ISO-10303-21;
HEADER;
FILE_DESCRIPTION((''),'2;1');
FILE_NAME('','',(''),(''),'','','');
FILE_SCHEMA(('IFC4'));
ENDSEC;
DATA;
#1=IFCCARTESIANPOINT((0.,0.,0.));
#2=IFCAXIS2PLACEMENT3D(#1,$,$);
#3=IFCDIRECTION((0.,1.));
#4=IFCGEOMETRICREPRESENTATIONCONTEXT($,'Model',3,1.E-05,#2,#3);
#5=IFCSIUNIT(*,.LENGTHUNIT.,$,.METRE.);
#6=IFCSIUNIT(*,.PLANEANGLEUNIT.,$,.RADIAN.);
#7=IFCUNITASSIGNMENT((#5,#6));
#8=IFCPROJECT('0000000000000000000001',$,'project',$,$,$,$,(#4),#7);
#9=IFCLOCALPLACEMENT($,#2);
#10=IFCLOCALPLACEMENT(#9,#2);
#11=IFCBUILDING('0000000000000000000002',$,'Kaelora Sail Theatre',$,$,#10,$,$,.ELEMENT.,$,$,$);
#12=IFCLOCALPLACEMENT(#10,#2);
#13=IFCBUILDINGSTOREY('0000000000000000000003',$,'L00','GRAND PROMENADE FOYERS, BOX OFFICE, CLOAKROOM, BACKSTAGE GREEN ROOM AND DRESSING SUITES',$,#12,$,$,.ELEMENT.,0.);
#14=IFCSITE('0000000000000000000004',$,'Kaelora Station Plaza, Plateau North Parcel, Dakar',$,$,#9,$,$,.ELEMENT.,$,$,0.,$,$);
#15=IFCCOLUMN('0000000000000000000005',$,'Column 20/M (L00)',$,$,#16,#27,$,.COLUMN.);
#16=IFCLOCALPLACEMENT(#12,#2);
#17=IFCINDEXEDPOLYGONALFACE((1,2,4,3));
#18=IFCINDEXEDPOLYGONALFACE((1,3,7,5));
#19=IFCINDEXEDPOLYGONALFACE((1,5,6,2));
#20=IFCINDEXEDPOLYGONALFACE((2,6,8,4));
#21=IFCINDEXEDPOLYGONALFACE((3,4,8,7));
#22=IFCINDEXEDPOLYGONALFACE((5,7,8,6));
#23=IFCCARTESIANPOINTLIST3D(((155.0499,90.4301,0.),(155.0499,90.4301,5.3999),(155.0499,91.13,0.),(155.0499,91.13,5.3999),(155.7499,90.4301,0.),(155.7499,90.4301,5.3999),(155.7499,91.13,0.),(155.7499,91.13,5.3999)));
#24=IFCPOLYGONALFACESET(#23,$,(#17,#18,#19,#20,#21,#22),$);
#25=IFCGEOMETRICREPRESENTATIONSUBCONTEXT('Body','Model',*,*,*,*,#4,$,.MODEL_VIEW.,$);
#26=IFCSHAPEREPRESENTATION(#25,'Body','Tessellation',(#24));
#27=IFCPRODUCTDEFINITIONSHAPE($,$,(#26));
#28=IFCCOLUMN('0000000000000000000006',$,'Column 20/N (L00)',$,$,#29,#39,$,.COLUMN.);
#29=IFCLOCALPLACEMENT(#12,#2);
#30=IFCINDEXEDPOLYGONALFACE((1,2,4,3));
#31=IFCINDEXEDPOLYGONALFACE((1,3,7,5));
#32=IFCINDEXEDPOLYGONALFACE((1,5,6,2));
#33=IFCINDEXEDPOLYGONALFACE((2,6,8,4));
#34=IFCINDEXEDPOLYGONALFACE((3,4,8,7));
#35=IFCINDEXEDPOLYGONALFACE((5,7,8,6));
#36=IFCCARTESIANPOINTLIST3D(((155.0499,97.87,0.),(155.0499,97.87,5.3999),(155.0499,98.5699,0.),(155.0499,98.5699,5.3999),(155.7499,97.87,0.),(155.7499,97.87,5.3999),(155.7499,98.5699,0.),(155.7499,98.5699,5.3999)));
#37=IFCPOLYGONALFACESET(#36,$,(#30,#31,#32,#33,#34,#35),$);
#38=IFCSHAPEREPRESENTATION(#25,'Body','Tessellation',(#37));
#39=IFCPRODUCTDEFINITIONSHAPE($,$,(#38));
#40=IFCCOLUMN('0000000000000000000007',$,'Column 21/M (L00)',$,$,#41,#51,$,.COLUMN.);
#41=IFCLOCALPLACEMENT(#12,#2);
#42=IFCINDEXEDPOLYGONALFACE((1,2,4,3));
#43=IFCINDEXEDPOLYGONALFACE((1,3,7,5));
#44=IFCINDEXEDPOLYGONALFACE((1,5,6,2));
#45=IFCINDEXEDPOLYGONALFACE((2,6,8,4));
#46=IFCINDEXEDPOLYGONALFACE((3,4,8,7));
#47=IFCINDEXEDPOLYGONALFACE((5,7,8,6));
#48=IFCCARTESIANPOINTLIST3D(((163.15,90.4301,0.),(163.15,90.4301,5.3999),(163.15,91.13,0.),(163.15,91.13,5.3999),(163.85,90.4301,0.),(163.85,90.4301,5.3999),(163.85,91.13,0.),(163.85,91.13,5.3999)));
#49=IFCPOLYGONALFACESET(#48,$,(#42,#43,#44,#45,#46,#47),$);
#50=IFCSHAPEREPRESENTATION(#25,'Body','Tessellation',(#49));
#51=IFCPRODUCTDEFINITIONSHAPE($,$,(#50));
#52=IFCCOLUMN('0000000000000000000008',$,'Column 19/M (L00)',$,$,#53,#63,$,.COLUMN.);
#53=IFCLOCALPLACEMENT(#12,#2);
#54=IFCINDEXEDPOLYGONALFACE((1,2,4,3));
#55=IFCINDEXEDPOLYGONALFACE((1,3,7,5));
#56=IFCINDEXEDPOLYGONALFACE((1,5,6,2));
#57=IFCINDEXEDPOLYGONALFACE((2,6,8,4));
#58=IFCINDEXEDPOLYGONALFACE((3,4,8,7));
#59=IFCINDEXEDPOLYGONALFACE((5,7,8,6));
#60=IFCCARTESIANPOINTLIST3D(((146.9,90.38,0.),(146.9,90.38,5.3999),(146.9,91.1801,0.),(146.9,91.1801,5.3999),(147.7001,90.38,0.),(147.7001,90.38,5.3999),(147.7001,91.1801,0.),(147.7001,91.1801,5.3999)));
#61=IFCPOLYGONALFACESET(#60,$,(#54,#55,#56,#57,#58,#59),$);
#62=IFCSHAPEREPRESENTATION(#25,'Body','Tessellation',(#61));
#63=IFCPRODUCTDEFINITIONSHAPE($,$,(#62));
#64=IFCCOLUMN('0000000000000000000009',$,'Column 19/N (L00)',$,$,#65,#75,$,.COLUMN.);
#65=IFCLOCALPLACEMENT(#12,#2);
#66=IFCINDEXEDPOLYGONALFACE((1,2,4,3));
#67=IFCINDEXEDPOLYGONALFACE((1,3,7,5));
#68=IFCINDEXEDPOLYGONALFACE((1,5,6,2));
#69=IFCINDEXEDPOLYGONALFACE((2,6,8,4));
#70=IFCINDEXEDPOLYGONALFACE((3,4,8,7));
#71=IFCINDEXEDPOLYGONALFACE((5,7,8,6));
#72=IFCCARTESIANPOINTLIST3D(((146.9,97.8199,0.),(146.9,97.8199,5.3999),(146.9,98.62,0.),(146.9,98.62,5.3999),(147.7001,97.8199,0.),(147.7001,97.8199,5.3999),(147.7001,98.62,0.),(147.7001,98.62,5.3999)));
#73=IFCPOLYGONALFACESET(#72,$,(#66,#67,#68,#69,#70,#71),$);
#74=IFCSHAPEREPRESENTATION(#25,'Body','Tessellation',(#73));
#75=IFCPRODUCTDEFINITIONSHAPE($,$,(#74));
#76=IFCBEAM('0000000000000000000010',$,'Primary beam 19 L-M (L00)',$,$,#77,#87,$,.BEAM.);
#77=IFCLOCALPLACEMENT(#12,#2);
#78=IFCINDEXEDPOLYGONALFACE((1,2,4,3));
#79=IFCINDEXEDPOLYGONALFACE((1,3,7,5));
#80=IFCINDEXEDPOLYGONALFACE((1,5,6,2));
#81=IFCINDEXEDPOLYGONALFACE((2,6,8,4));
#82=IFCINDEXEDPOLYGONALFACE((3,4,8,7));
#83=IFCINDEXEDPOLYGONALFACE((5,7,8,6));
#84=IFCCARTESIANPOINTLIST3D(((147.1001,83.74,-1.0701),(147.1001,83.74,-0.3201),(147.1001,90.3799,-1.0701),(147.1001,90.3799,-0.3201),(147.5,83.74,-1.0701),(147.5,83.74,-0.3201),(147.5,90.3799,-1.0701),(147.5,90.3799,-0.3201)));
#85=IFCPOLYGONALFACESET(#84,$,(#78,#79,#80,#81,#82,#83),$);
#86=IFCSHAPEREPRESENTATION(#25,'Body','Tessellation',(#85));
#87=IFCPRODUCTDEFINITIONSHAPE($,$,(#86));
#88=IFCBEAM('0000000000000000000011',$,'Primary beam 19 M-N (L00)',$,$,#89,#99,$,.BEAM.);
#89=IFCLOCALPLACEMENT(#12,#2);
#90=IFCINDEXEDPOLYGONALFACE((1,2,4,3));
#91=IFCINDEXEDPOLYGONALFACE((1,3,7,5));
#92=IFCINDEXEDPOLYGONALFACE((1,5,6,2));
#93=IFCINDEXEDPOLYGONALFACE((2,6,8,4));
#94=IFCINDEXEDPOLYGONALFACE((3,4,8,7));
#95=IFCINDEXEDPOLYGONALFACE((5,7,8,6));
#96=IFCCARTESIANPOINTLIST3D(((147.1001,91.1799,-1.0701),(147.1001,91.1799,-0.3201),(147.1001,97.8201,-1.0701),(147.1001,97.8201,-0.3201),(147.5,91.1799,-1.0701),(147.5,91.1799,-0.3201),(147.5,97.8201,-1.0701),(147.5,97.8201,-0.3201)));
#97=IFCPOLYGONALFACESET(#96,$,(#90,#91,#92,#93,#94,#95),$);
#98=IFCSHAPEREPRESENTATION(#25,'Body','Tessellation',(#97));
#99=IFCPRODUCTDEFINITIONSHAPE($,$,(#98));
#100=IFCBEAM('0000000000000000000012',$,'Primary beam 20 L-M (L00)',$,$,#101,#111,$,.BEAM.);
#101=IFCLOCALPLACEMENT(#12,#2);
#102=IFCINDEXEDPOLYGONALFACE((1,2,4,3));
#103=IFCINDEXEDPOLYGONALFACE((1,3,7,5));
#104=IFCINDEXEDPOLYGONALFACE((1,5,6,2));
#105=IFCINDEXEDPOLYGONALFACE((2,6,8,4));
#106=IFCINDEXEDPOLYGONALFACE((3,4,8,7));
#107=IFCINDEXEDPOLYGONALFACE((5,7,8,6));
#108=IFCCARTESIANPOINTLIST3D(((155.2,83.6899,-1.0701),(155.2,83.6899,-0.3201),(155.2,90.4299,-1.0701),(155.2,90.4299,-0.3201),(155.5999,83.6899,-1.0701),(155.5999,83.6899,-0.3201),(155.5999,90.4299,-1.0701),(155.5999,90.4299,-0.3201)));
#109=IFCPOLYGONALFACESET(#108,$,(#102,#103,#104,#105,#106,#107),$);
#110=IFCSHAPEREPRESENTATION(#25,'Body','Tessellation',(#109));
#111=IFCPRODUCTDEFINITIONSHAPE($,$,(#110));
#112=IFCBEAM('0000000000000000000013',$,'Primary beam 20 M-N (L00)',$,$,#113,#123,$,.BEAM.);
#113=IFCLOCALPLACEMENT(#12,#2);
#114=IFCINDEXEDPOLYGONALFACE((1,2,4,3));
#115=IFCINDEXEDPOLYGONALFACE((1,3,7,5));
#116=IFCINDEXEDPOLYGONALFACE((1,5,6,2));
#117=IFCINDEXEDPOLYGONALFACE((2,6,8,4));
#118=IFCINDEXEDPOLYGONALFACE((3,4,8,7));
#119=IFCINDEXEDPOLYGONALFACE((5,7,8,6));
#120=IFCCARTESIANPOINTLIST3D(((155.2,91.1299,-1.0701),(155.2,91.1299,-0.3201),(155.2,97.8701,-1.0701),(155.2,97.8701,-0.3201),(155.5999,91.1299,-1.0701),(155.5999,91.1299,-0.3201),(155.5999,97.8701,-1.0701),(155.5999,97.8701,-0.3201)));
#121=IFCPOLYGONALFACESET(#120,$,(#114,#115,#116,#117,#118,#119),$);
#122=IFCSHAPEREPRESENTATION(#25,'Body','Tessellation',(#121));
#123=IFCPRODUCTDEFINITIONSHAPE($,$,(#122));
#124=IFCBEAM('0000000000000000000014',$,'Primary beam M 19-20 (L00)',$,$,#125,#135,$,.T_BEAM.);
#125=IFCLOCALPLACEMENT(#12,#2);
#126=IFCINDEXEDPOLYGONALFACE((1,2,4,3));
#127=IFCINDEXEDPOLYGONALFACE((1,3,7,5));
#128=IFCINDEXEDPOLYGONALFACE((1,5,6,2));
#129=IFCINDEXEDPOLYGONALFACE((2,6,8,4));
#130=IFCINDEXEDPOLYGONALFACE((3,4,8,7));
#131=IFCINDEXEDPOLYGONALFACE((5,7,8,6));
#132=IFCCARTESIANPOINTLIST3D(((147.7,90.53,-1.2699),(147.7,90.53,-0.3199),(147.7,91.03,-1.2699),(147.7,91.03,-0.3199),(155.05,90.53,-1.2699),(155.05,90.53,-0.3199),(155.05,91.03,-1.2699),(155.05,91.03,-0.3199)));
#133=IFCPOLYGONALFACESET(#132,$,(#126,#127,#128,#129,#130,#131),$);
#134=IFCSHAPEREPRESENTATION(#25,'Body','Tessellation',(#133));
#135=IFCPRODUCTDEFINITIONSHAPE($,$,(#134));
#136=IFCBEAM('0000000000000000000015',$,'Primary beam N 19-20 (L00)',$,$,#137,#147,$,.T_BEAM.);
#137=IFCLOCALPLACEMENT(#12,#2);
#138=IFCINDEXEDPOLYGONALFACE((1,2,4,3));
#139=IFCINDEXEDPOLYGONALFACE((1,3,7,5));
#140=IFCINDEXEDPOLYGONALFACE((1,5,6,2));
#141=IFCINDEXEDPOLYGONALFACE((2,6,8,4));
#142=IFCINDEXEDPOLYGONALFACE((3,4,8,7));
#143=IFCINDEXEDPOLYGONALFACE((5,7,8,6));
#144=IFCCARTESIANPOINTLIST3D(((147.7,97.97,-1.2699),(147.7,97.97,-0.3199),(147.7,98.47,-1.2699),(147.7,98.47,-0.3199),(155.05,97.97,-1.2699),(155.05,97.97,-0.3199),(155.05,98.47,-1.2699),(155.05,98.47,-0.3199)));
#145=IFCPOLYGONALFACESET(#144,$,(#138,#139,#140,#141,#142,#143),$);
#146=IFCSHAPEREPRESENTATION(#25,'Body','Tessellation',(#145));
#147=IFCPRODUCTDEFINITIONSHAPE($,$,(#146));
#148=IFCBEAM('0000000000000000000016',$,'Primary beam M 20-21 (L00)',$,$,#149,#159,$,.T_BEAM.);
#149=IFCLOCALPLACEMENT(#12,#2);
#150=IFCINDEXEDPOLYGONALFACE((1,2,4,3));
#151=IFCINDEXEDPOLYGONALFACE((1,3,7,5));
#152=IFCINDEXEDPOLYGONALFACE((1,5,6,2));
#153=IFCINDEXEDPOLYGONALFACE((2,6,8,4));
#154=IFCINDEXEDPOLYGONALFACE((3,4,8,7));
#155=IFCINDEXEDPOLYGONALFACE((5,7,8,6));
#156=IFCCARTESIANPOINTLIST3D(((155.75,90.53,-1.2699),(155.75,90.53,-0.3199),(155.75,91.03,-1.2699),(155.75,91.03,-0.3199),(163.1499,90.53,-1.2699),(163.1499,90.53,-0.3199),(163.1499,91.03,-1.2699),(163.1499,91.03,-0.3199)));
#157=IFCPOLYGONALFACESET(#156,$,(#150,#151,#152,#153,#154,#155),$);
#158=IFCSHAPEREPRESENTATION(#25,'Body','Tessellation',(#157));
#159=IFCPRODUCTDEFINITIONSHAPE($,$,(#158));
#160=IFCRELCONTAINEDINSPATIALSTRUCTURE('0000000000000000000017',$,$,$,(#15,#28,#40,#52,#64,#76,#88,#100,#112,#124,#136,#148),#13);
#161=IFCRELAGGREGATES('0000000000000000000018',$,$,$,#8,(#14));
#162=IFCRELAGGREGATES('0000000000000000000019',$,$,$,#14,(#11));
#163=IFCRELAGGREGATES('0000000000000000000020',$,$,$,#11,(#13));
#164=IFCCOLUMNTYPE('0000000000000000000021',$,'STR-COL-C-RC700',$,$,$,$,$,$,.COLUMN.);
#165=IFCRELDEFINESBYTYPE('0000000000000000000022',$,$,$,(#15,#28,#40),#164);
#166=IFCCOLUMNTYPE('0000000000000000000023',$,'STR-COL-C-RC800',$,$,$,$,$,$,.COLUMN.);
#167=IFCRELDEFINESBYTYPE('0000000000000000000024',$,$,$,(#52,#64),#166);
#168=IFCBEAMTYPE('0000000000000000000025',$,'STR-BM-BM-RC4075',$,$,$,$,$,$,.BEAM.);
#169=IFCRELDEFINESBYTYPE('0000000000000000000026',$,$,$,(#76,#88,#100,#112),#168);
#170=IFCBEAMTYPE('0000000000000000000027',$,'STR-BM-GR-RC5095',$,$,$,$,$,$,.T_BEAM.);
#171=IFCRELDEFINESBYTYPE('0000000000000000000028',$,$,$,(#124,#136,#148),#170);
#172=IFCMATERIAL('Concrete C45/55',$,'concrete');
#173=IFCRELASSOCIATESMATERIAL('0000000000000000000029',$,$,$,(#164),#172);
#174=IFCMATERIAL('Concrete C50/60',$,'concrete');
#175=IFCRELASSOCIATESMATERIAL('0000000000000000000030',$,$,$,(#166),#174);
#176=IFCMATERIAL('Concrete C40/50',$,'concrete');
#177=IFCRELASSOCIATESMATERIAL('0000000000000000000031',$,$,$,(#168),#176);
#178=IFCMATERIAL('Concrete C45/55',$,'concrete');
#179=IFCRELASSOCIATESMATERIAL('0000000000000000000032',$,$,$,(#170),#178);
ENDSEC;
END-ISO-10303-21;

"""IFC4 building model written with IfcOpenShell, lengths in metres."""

from ifc_helpers import new_model, si_unit, direction, frame, origin, origin_2d, place, context, subcontext, project, spatial, rectangle, extrude, material, material_profile, profile_set, type_object, element, save


model = new_model("IFC4")

# Units and contexts
model_context = context("Model", 3, precision=1e-05, world=origin(), true_north=direction((0.0, 1.0)))
body_context = subcontext(model_context, "Body", "Model", "MODEL_VIEW")
ifc_project = project(units=[si_unit("LENGTHUNIT", "METRE"), si_unit("PLANEANGLEUNIT", "RADIAN")], contexts=[model_context])

# Site, building, storey
site_placement = place(None, origin())
site = spatial("IfcSite", under=ifc_project, at=site_placement, Name="Kaelora Station Plaza, Plateau North Parcel, Dakar", CompositionType="ELEMENT", RefElevation=0.0)
building_placement = place(site_placement, origin())
building = spatial("IfcBuilding", under=site, at=building_placement, Name="Kaelora Sail Theatre", CompositionType="ELEMENT")
storey_placement = place(building_placement, origin())
storey = spatial("IfcBuildingStorey", under=building, at=storey_placement, Name="L00", Description="GRAND PROMENADE FOYERS, BOX OFFICE, CLOAKROOM, BACKSTAGE GREEN ROOM AND DRESSING SUITES", CompositionType="ELEMENT", Elevation=0.0)

# Columns
ifc_material_1 = material(Name="Concrete C45/55", Category="concrete")
ifc_material_profile_1 = material_profile(ifc_material_1, rectangle(XDim=0.7, YDim=0.7, at=origin_2d()), Name="RC-COL 700x700")
ifc_profile_set_1 = profile_set([ifc_material_profile_1], Name="Concrete C45/55")
column_type_1 = type_object("IfcColumnType", Name="STR-COL-C-RC700", PredefinedType="COLUMN", material=ifc_profile_set_1)
for number, where, z_axis, x_axis, name in (
    (1, (155.3999, 90.78, 0.0), (0.0, 0.0, 1.0), (1.0, 0.0, 0.0), "Column 20/M (L00)"),
    (2, (155.3999, 98.22, 0.0), (0.0, 0.0, 1.0), (1.0, 0.0, 0.0), "Column 20/N (L00)"),
    (3, (163.5, 90.78, 0.0), (0.0, 0.0, 1.0), (1.0, 0.0, 0.0), "Column 21/M (L00)"),
):
    element("IfcColumn", number, at=place(storey_placement, frame(where, z_axis=z_axis, x_axis=x_axis)), inside=storey, type_object=column_type_1, Name=name, PredefinedType="COLUMN", context=body_context, shape_type="SweptSolid", body=[
        extrude(rectangle(XDim=0.7, YDim=0.7, at=origin_2d()), origin(), (0.0, 0.0, 1.0), 5.3999),
    ])
ifc_material_2 = material(Name="Concrete C50/60", Category="concrete")
ifc_material_profile_2 = material_profile(ifc_material_2, rectangle(XDim=0.8, YDim=0.8, at=origin_2d()), Name="RC-COL 800x800")
ifc_profile_set_2 = profile_set([ifc_material_profile_2], Name="Concrete C50/60")
column_type_2 = type_object("IfcColumnType", Name="STR-COL-C-RC800", PredefinedType="COLUMN", material=ifc_profile_set_2)
for number, where, z_axis, x_axis, name in (
    (4, (147.3, 90.78, 0.0), (0.0, 0.0, 1.0), (1.0, 0.0, 0.0), "Column 19/M (L00)"),
    (5, (147.3, 98.22, 0.0), (0.0, 0.0, 1.0), (1.0, 0.0, 0.0), "Column 19/N (L00)"),
):
    element("IfcColumn", number, at=place(storey_placement, frame(where, z_axis=z_axis, x_axis=x_axis)), inside=storey, type_object=column_type_2, Name=name, PredefinedType="COLUMN", context=body_context, shape_type="SweptSolid", body=[
        extrude(rectangle(XDim=0.8, YDim=0.8, at=origin_2d()), origin(), (0.0, 0.0, 1.0), 5.3999),
    ])

# Beams
ifc_material_3 = material(Name="Concrete C40/50", Category="concrete")
ifc_material_profile_3 = material_profile(ifc_material_3, rectangle(XDim=0.3999, YDim=0.75, at=origin_2d()), Name="RC-BM 400x750")
ifc_profile_set_3 = profile_set([ifc_material_profile_3], Name="Concrete C40/50")
beam_type_1 = type_object("IfcBeamType", Name="STR-BM-BM-RC4075", PredefinedType="BEAM", material=ifc_profile_set_3)
beam_1_placement = place(storey_placement, frame((147.3, 83.74, -0.6951), z_axis=(0.0, 1.0, 0.0), x_axis=(-1.0, 0.0, 0.0)))
element("IfcBeam", 6, at=beam_1_placement, inside=storey, type_object=beam_type_1, Name="Primary beam 19 L-M (L00)", PredefinedType="BEAM", context=body_context, shape_type="SweptSolid", body=[
    extrude(rectangle(XDim=0.3999, YDim=0.75, at=origin_2d()), origin(), (0.0, 0.0, 1.0), 6.6399),
])
beam_2_placement = place(storey_placement, frame((147.3, 91.1799, -0.6951), z_axis=(0.0, 1.0, 0.0), x_axis=(-1.0, 0.0, 0.0)))
element("IfcBeam", 7, at=beam_2_placement, inside=storey, type_object=beam_type_1, Name="Primary beam 19 M-N (L00)", PredefinedType="BEAM", context=body_context, shape_type="SweptSolid", body=[
    extrude(rectangle(XDim=0.3999, YDim=0.75, at=origin_2d()), origin(), (0.0, 0.0, 1.0), 6.6401),
])
beam_3_placement = place(storey_placement, frame((155.3999, 83.6899, -0.6951), z_axis=(0.0, 1.0, 0.0), x_axis=(-1.0, 0.0, 0.0)))
element("IfcBeam", 8, at=beam_3_placement, inside=storey, type_object=beam_type_1, Name="Primary beam 20 L-M (L00)", PredefinedType="BEAM", context=body_context, shape_type="SweptSolid", body=[
    extrude(rectangle(XDim=0.3999, YDim=0.75, at=origin_2d()), origin(), (0.0, 0.0, 1.0), 6.74),
])
beam_4_placement = place(storey_placement, frame((155.3999, 91.1299, -0.6951), z_axis=(0.0, 1.0, 0.0), x_axis=(-1.0, 0.0, 0.0)))
element("IfcBeam", 9, at=beam_4_placement, inside=storey, type_object=beam_type_1, Name="Primary beam 20 M-N (L00)", PredefinedType="BEAM", context=body_context, shape_type="SweptSolid", body=[
    extrude(rectangle(XDim=0.3999, YDim=0.75, at=origin_2d()), origin(), (0.0, 0.0, 1.0), 6.7402),
])
ifc_material_4 = material(Name="Concrete C45/55", Category="concrete")
ifc_material_profile_4 = material_profile(ifc_material_4, rectangle(XDim=0.5, YDim=0.95, at=origin_2d()), Name="RC-GRD 500x950")
ifc_profile_set_4 = profile_set([ifc_material_profile_4], Name="Concrete C45/55")
beam_type_2 = type_object("IfcBeamType", Name="STR-BM-GR-RC5095", PredefinedType="T_BEAM", material=ifc_profile_set_4)
for number, where, z_axis, x_axis, name in (
    (10, (147.7, 90.78, -0.7949), (1.0, 0.0, 0.0), (0.0, 1.0, 0.0), "Primary beam M 19-20 (L00)"),
    (11, (147.7, 98.22, -0.7949), (1.0, 0.0, 0.0), (0.0, 1.0, 0.0), "Primary beam N 19-20 (L00)"),
):
    element("IfcBeam", number, at=place(storey_placement, frame(where, z_axis=z_axis, x_axis=x_axis)), inside=storey, type_object=beam_type_2, Name=name, PredefinedType="T_BEAM", context=body_context, shape_type="SweptSolid", body=[
        extrude(rectangle(XDim=0.5, YDim=0.95, at=origin_2d()), origin(), (0.0, 0.0, 1.0), 7.3501),
    ])
beam_5_placement = place(storey_placement, frame((155.75, 90.78, -0.7949), z_axis=(1.0, 0.0, 0.0), x_axis=(0.0, 1.0, 0.0)))
element("IfcBeam", 12, at=beam_5_placement, inside=storey, type_object=beam_type_2, Name="Primary beam M 20-21 (L00)", PredefinedType="T_BEAM", context=body_context, shape_type="SweptSolid", body=[
    extrude(rectangle(XDim=0.5, YDim=0.95, at=origin_2d()), origin(), (0.0, 0.0, 1.0), 7.3999),
])

save(model, "model.ifc")
